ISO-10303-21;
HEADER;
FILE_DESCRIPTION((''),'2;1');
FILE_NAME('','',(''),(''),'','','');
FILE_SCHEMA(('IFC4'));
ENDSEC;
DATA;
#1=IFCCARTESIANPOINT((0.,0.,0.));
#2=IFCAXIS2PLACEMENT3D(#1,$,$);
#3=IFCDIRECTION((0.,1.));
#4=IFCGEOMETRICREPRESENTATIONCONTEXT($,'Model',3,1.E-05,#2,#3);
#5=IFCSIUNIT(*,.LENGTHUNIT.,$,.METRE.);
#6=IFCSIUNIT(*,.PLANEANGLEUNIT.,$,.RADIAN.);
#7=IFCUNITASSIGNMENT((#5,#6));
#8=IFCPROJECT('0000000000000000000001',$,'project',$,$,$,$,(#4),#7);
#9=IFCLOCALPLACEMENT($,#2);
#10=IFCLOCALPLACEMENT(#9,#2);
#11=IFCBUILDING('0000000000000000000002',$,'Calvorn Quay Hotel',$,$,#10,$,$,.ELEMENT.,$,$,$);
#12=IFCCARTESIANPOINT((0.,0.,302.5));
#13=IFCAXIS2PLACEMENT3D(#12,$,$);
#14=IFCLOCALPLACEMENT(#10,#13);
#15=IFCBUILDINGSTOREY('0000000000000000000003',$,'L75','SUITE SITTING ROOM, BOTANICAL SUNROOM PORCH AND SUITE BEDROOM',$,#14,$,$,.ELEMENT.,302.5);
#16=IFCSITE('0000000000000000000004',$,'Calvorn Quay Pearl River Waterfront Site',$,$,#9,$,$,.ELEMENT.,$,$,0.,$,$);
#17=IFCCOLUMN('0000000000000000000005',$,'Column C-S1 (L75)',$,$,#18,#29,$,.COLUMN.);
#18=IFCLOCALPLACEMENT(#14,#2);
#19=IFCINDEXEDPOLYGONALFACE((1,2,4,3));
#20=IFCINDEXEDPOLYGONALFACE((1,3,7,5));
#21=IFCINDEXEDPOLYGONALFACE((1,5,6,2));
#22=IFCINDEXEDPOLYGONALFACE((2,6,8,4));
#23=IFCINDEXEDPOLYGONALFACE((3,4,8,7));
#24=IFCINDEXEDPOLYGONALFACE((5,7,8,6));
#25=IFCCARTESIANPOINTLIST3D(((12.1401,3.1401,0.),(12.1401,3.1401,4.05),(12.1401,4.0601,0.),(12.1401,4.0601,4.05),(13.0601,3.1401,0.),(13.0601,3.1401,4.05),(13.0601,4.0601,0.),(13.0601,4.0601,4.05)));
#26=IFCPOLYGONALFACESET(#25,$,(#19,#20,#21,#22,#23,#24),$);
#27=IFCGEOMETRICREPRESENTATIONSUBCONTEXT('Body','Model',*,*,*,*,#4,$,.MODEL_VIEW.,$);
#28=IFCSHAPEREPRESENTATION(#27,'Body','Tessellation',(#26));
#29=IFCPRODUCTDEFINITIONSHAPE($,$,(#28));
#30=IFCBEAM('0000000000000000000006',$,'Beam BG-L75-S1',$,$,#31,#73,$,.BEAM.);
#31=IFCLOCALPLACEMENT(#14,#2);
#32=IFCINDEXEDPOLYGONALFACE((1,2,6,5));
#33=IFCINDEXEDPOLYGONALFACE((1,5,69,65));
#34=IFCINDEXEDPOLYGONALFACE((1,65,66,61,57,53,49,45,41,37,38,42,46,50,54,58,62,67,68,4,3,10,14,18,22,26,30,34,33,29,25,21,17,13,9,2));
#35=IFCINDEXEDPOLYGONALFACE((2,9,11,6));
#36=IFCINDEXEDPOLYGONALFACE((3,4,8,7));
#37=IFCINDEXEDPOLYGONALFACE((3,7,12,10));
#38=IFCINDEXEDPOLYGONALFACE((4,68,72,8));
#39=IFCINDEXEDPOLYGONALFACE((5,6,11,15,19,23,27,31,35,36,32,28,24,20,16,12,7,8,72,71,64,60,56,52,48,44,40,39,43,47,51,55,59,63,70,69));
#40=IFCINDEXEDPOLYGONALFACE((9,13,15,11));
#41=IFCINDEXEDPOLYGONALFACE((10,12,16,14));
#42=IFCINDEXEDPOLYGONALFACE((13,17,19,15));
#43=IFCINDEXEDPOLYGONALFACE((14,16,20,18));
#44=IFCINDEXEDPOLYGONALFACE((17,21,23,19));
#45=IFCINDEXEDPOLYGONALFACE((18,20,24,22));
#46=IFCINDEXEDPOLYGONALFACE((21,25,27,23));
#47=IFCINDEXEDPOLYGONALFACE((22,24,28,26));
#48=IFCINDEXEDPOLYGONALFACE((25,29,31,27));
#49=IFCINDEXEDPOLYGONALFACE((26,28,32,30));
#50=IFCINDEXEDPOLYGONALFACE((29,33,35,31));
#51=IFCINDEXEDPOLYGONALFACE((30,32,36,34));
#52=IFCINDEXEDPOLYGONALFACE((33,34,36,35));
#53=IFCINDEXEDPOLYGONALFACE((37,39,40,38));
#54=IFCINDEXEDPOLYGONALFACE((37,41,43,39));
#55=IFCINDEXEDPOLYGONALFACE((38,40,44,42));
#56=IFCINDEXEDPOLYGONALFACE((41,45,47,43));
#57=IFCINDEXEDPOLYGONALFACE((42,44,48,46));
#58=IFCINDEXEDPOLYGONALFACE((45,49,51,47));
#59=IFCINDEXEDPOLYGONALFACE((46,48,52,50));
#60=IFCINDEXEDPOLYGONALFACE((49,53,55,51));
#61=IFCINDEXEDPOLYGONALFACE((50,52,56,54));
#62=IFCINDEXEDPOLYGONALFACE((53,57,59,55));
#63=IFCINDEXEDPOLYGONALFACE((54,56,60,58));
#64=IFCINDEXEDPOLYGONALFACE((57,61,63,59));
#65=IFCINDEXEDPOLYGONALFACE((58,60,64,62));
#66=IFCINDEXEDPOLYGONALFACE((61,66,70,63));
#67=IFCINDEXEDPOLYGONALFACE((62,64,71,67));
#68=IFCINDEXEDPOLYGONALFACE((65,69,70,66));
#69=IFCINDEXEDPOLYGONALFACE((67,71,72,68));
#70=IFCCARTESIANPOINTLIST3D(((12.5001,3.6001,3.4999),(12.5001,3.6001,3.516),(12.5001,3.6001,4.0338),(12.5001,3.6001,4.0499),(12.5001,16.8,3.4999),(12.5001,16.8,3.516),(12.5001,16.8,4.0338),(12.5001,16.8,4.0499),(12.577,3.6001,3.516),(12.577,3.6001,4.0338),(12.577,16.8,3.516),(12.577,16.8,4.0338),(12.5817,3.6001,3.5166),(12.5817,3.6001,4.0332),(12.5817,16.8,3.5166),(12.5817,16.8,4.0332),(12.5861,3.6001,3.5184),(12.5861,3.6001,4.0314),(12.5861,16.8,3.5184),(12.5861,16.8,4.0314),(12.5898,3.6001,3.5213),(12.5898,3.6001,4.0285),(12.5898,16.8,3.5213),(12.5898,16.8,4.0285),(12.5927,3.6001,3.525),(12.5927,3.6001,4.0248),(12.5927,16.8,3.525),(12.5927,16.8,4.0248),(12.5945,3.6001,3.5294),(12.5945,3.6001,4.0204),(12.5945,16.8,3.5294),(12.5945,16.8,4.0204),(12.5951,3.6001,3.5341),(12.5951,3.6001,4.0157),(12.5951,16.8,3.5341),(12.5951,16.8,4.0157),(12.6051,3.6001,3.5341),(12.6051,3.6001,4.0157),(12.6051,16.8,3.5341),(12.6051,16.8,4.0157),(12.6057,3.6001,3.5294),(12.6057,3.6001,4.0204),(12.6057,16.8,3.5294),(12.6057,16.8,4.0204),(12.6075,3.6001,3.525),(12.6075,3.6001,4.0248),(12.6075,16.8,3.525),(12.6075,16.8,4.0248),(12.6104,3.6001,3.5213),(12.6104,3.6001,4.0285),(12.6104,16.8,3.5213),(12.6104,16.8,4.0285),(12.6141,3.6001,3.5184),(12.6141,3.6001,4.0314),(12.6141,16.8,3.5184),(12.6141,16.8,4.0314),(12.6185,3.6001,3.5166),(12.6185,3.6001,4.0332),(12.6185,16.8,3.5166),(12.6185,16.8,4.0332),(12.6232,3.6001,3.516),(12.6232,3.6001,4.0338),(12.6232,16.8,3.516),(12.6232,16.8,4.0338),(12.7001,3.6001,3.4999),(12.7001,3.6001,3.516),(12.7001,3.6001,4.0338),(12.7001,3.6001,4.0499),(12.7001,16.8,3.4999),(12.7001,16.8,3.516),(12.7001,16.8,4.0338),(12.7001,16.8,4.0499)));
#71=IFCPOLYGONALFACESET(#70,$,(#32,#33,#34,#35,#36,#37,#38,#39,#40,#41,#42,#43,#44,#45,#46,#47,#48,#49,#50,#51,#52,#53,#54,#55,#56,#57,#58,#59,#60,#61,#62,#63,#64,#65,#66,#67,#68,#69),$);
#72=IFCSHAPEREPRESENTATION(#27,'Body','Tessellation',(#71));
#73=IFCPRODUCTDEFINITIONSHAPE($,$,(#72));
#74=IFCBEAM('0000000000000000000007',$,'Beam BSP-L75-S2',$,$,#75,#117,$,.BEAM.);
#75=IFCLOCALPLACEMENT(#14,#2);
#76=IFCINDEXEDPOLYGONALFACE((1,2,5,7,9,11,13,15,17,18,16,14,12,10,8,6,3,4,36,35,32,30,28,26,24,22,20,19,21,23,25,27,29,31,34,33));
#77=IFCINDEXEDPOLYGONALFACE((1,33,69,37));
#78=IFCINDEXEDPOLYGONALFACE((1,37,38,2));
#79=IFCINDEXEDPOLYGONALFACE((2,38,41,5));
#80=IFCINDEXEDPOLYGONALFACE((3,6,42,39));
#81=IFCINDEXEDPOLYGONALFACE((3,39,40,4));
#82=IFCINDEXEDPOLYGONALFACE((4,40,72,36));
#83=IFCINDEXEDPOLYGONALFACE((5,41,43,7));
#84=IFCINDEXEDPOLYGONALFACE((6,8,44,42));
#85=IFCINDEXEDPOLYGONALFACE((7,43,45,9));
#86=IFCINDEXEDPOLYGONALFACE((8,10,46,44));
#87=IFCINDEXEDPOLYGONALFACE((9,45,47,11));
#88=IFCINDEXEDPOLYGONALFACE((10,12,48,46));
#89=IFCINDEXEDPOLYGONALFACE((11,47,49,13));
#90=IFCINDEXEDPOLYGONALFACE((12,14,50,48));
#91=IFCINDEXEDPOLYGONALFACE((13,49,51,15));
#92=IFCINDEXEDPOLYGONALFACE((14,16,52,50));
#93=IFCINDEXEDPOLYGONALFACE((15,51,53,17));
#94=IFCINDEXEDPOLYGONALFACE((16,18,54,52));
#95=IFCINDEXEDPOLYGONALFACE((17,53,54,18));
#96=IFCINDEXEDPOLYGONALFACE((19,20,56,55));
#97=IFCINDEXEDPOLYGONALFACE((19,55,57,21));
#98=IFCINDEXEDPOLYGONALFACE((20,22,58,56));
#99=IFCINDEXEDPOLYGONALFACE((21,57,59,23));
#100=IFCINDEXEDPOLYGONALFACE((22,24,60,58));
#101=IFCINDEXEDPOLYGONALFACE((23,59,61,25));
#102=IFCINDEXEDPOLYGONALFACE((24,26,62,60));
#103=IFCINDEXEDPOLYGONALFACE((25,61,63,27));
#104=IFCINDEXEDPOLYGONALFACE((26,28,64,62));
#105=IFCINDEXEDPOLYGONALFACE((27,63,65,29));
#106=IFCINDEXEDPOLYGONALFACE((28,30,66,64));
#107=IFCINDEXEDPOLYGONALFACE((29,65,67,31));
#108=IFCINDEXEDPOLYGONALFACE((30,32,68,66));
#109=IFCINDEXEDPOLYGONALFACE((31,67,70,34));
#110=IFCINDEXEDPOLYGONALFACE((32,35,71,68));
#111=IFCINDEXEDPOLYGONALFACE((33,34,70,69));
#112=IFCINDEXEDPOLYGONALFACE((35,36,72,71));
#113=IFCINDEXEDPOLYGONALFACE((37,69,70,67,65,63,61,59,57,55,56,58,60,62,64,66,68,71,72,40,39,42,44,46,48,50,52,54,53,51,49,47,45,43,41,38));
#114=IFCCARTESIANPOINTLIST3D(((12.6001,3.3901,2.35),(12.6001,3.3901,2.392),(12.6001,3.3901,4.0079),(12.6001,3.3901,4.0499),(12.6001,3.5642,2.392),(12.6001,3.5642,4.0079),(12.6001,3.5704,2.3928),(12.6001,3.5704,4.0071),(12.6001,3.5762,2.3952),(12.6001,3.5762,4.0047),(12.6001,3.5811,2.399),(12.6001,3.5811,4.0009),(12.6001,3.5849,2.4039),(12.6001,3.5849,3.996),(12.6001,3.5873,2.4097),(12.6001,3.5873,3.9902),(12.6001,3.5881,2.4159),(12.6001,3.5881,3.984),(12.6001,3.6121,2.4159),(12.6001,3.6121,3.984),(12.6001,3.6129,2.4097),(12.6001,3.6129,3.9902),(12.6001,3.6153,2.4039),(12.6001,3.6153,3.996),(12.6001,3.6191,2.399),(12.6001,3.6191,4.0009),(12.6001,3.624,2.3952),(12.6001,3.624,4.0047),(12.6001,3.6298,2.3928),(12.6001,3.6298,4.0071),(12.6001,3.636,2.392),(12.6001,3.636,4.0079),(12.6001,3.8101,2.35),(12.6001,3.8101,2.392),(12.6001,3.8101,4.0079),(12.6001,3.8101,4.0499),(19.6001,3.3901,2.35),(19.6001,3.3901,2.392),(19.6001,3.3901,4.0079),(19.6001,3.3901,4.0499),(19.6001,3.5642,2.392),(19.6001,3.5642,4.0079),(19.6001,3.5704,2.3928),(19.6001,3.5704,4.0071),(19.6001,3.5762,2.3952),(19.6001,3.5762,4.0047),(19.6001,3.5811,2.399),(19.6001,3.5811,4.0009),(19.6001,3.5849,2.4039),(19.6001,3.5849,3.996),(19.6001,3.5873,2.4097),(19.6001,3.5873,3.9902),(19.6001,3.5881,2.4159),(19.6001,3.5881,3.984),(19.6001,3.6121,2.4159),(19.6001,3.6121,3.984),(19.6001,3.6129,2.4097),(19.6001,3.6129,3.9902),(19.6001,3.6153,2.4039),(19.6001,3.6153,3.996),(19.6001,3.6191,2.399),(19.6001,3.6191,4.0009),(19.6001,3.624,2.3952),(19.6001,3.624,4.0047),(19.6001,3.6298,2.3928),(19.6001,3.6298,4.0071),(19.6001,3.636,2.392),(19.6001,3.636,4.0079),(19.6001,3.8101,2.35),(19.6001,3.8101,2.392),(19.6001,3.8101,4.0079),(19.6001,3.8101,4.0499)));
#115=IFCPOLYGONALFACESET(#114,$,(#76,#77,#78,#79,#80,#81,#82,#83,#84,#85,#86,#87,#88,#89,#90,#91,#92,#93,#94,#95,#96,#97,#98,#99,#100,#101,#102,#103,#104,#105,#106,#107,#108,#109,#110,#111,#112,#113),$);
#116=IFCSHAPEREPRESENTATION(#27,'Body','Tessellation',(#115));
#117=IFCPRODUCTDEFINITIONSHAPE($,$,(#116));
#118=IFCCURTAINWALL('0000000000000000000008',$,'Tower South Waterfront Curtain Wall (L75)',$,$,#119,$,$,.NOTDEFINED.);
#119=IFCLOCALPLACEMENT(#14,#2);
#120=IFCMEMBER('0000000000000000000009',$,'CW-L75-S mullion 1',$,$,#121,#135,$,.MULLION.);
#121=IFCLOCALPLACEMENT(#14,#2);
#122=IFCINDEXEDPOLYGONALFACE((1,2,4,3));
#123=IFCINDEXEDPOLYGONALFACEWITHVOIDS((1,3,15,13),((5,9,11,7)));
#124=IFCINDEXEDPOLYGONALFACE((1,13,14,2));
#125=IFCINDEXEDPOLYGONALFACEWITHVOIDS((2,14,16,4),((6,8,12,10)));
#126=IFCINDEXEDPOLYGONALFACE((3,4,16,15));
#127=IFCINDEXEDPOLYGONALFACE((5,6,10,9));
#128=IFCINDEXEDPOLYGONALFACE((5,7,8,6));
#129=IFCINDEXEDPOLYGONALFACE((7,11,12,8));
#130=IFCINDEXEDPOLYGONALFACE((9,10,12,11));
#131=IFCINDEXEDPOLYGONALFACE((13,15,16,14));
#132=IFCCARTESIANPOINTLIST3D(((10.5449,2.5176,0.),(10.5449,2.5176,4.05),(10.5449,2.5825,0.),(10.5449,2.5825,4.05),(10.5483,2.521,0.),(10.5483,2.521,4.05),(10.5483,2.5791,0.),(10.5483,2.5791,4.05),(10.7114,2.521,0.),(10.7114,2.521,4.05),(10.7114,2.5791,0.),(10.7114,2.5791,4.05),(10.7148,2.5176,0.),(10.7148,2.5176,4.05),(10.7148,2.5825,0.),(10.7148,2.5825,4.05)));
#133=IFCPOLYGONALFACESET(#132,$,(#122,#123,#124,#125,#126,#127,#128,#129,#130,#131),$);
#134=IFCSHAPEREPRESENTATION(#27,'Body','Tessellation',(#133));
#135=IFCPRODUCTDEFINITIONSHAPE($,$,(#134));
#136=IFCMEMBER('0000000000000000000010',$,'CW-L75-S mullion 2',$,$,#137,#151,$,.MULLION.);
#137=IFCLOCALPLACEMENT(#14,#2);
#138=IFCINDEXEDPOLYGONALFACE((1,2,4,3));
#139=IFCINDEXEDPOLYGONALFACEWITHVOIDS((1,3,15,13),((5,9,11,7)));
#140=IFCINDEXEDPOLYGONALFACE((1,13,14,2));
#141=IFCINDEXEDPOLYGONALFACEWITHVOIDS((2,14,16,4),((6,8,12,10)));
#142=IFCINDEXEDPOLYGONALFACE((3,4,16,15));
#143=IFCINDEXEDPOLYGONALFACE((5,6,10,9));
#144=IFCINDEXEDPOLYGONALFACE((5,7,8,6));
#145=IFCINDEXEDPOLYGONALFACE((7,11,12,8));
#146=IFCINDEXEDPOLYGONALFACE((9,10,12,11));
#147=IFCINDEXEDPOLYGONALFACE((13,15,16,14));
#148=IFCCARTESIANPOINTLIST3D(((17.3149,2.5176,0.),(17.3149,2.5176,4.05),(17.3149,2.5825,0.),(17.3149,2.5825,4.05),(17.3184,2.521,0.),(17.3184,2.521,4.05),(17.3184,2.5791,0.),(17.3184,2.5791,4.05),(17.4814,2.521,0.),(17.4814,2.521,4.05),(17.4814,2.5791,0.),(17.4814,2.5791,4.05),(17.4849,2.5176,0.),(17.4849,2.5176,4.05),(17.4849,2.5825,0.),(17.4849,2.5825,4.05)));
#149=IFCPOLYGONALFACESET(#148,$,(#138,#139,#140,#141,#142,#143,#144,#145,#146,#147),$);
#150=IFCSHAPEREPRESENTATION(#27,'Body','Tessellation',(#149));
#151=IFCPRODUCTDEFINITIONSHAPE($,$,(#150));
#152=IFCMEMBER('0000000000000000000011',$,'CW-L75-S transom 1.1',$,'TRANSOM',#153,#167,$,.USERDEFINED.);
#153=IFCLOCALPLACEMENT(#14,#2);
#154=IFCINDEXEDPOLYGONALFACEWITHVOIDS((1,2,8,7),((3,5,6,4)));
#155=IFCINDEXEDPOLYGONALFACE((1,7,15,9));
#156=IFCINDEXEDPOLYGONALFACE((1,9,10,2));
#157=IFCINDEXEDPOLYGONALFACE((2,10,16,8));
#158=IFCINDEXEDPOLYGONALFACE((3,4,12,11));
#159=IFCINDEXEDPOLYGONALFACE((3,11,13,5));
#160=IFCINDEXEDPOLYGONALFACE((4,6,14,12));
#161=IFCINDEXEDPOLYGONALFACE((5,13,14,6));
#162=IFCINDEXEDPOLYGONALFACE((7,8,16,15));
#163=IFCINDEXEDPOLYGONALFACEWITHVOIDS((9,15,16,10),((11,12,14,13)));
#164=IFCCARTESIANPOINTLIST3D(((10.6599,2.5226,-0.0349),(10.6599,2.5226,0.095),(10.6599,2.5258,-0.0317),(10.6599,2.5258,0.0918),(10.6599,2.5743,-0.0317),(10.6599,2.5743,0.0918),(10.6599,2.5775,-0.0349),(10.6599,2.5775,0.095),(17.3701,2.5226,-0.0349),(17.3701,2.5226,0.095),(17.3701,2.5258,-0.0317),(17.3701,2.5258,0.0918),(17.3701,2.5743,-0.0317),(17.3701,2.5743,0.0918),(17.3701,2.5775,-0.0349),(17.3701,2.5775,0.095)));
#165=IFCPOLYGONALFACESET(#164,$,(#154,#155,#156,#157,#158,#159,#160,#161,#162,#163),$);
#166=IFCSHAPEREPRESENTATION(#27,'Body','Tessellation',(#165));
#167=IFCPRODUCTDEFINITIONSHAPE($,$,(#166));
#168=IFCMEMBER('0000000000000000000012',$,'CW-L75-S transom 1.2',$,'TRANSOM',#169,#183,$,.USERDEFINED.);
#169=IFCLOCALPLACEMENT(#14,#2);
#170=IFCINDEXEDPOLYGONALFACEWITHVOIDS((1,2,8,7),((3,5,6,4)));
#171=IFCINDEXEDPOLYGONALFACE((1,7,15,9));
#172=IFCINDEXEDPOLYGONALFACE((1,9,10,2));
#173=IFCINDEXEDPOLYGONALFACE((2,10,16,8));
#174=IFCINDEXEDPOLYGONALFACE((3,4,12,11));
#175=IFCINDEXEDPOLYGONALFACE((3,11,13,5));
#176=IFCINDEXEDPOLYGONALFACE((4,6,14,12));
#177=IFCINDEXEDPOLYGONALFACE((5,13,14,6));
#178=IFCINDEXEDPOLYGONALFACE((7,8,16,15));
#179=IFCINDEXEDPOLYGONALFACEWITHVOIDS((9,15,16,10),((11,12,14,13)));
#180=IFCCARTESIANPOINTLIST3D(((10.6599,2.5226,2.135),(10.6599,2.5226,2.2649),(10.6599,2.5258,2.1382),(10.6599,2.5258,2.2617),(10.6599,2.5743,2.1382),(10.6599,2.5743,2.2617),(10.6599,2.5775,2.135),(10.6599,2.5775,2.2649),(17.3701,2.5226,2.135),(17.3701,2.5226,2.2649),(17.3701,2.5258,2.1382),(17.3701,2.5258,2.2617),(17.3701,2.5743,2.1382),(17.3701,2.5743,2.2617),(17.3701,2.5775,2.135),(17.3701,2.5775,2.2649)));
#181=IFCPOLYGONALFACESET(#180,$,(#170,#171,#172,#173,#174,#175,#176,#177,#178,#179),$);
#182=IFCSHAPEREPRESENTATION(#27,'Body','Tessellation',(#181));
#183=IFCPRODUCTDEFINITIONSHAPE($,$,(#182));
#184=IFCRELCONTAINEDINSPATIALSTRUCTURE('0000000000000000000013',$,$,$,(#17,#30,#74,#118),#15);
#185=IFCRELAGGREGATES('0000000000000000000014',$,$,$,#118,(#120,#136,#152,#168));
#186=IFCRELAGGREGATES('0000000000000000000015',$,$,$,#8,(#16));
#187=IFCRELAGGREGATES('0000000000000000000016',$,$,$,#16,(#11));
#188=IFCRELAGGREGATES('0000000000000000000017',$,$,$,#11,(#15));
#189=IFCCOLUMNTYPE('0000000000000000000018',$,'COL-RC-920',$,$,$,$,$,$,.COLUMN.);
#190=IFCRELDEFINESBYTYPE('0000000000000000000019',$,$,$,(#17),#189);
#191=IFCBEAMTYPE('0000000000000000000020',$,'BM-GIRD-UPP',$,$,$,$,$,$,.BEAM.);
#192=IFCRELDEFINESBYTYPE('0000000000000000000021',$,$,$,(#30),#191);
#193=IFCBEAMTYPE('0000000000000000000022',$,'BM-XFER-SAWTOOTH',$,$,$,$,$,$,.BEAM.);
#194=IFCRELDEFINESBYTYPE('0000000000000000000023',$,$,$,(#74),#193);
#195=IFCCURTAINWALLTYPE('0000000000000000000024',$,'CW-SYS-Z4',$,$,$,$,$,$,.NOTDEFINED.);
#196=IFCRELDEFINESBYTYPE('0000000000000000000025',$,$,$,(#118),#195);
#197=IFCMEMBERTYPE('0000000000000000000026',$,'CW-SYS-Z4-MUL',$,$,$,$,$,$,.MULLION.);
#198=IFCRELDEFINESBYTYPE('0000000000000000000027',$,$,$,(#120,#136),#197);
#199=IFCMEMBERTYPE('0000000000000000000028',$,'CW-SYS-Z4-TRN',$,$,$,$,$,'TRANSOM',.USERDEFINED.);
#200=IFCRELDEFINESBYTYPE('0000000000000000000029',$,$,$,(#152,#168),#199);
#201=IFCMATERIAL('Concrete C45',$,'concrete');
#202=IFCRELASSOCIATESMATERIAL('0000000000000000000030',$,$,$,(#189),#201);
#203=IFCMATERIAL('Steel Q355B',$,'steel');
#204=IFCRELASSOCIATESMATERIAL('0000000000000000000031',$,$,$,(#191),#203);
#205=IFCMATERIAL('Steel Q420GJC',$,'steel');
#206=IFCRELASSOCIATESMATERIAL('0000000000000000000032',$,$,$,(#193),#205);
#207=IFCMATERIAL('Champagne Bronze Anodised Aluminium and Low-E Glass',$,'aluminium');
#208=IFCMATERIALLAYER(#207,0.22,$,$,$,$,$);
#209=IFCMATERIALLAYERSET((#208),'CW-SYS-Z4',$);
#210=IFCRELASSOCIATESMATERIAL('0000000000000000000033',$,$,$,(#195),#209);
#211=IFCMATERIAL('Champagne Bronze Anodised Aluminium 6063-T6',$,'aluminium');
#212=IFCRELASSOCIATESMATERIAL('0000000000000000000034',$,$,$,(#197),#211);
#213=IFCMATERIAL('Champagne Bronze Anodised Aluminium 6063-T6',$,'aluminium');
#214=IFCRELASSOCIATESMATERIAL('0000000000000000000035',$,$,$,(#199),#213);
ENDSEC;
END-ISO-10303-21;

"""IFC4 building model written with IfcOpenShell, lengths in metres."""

from ifc_helpers import new_model, si_unit, direction, frame, origin, origin_2d, place, context, subcontext, project, spatial, rectangle, hollow_rectangle, i_section, extrude, material, layer, layer_set, material_profile, profile_set, type_object, element, aggregate, save


model = new_model("IFC4")

# Units and contexts
model_context = context("Model", 3, precision=1e-05, world=origin(), true_north=direction((0.0, 1.0)))
body_context = subcontext(model_context, "Body", "Model", "MODEL_VIEW")
ifc_project = project(units=[si_unit("LENGTHUNIT", "METRE"), si_unit("PLANEANGLEUNIT", "RADIAN")], contexts=[model_context])

# Site, building, storey
site_placement = place(None, origin())
site = spatial("IfcSite", under=ifc_project, at=site_placement, Name="Calvorn Quay Pearl River Waterfront Site", CompositionType="ELEMENT", RefElevation=0.0)
building_placement = place(site_placement, origin())
building = spatial("IfcBuilding", under=site, at=building_placement, Name="Calvorn Quay Hotel", CompositionType="ELEMENT")
storey_placement = place(building_placement, frame((0.0, 0.0, 302.5)))
storey = spatial("IfcBuildingStorey", under=building, at=storey_placement, Name="L75", Description="SUITE SITTING ROOM, BOTANICAL SUNROOM PORCH AND SUITE BEDROOM", CompositionType="ELEMENT", Elevation=302.5)

# Column
ifc_material_1 = material(Name="Concrete C45", Category="concrete")
ifc_material_profile_1 = material_profile(ifc_material_1, rectangle(XDim=0.9199, YDim=0.9199, at=origin_2d()), Name="RC920x920")
ifc_profile_set_1 = profile_set([ifc_material_profile_1], Name="Concrete C45")
column_type = type_object("IfcColumnType", Name="COL-RC-920", PredefinedType="COLUMN", material=ifc_profile_set_1)
column_placement = place(storey_placement, frame((12.6001, 3.6001, 0.0), z_axis=(0.0, 0.0, 1.0), x_axis=(1.0, 0.0, 0.0)))
element("IfcColumn", 1, at=column_placement, inside=storey, type_object=column_type, Name="Column C-S1 (L75)", PredefinedType="COLUMN", context=body_context, shape_type="SweptSolid", body=[
    extrude(rectangle(XDim=0.9199, YDim=0.9199, at=origin_2d()), origin(), (0.0, 0.0, 1.0), 4.05),
])

# Beams
ifc_material_2 = material(Name="Steel Q355B", Category="steel")
ifc_material_profile_2 = material_profile(ifc_material_2, i_section(OverallWidth=0.2, OverallDepth=0.55, WebThickness=0.01, FlangeThickness=0.0161, FilletRadius=0.0181, at=origin_2d()), Name="HN550x200x10x16")
ifc_profile_set_2 = profile_set([ifc_material_profile_2], Name="Steel Q355B")
beam_type_1 = type_object("IfcBeamType", Name="BM-GIRD-UPP", PredefinedType="BEAM", material=ifc_profile_set_2)
beam_1_placement = place(storey_placement, frame((12.6001, 3.6001, 3.7749), z_axis=(0.0, 1.0, 0.0), x_axis=(-1.0, 0.0, 0.0)))
element("IfcBeam", 2, at=beam_1_placement, inside=storey, type_object=beam_type_1, Name="Beam BG-L75-S1", PredefinedType="BEAM", context=body_context, shape_type="SweptSolid", body=[
    extrude(i_section(OverallWidth=0.2, OverallDepth=0.55, WebThickness=0.01, FlangeThickness=0.0161, FilletRadius=0.0181, at=origin_2d()), origin(), (0.0, 0.0, 1.0), 13.2),
])
ifc_material_3 = material(Name="Steel Q420GJC", Category="steel")
ifc_material_profile_3 = material_profile(ifc_material_3, i_section(OverallWidth=0.4199, OverallDepth=1.7, WebThickness=0.0239, FlangeThickness=0.042, FilletRadius=0.0239, at=origin_2d()), Name="HN1700x420x24x42")
ifc_profile_set_3 = profile_set([ifc_material_profile_3], Name="Steel Q420GJC")
beam_type_2 = type_object("IfcBeamType", Name="BM-XFER-SAWTOOTH", PredefinedType="BEAM", material=ifc_profile_set_3)
beam_2_placement = place(storey_placement, frame((12.6001, 3.6001, 3.2), z_axis=(1.0, 0.0, 0.0), x_axis=(0.0, 1.0, 0.0)))
element("IfcBeam", 3, at=beam_2_placement, inside=storey, type_object=beam_type_2, Name="Beam BSP-L75-S2", PredefinedType="BEAM", context=body_context, shape_type="SweptSolid", body=[
    extrude(i_section(OverallWidth=0.4199, OverallDepth=1.7, WebThickness=0.0239, FlangeThickness=0.042, FilletRadius=0.0239, at=origin_2d()), origin(), (0.0, 0.0, 1.0), 7.0),
])

# Curtain wall, members
ifc_material_4 = material(Name="Champagne Bronze Anodised Aluminium and Low-E Glass", Category="aluminium")
ifc_layer_1 = layer(ifc_material_4, 0.22)
ifc_layer_set_1 = layer_set([ifc_layer_1], Name="CW-SYS-Z4")
curtain_wall_type = type_object("IfcCurtainWallType", Name="CW-SYS-Z4", PredefinedType="NOTDEFINED", material=ifc_layer_set_1)
curtain_wall_placement = place(storey_placement, origin())
curtain_wall = element("IfcCurtainWall", 4, at=curtain_wall_placement, inside=storey, type_object=curtain_wall_type, Name="Tower South Waterfront Curtain Wall (L75)", PredefinedType="NOTDEFINED")
ifc_material_5 = material(Name="Champagne Bronze Anodised Aluminium 6063-T6", Category="aluminium")
ifc_material_profile_4 = material_profile(ifc_material_5, hollow_rectangle(XDim=0.0649, YDim=0.1699, WallThickness=0.0034, at=origin_2d()), Name="ALU-M170x65x3.5")
ifc_profile_set_4 = profile_set([ifc_material_profile_4], Name="Champagne Bronze Anodised Aluminium 6063-T6")
member_type_1 = type_object("IfcMemberType", Name="CW-SYS-Z4-MUL", PredefinedType="MULLION", material=ifc_profile_set_4)
member_1_placement = place(storey_placement, frame((10.6299, 2.55, 0.0), z_axis=(0.0, 0.0, 1.0), x_axis=(0.0, 1.0, 0.0)))
member_1 = element("IfcMember", 5, at=member_1_placement, type_object=member_type_1, Name="CW-L75-S mullion 1", PredefinedType="MULLION", context=body_context, shape_type="SweptSolid", body=[
    extrude(hollow_rectangle(XDim=0.0649, YDim=0.1699, WallThickness=0.0034, at=origin_2d()), origin(), (0.0, 0.0, 1.0), 4.05),
])
member_2_placement = place(storey_placement, frame((17.3999, 2.55, 0.0), z_axis=(0.0, 0.0, 1.0), x_axis=(0.0, 1.0, 0.0)))
member_2 = element("IfcMember", 6, at=member_2_placement, type_object=member_type_1, Name="CW-L75-S mullion 2", PredefinedType="MULLION", context=body_context, shape_type="SweptSolid", body=[
    extrude(hollow_rectangle(XDim=0.0649, YDim=0.1699, WallThickness=0.0034, at=origin_2d()), origin(), (0.0, 0.0, 1.0), 4.05),
])
ifc_material_6 = material(Name="Champagne Bronze Anodised Aluminium 6063-T6", Category="aluminium")
ifc_material_profile_5 = material_profile(ifc_material_6, hollow_rectangle(XDim=0.0549, YDim=0.1299, WallThickness=0.0032, at=origin_2d()), Name="ALU-T130x55x3.2")
ifc_profile_set_5 = profile_set([ifc_material_profile_5], Name="Champagne Bronze Anodised Aluminium 6063-T6")
member_type_2 = type_object("IfcMemberType", Name="CW-SYS-Z4-TRN", ElementType="TRANSOM", PredefinedType="USERDEFINED", material=ifc_profile_set_5)
member_3_placement = place(storey_placement, frame((10.6599, 2.55, 0.03), z_axis=(1.0, 0.0, 0.0), x_axis=(0.0, 1.0, 0.0)))
member_3 = element("IfcMember", 7, at=member_3_placement, type_object=member_type_2, Name="CW-L75-S transom 1.1", ObjectType="TRANSOM", PredefinedType="USERDEFINED", context=body_context, shape_type="SweptSolid", body=[
    extrude(hollow_rectangle(XDim=0.0549, YDim=0.1299, WallThickness=0.0032, at=origin_2d()), origin(), (0.0, 0.0, 1.0), 6.7102),
])
member_4_placement = place(storey_placement, frame((10.6599, 2.55, 2.2), z_axis=(1.0, 0.0, 0.0), x_axis=(0.0, 1.0, 0.0)))
member_4 = element("IfcMember", 8, at=member_4_placement, type_object=member_type_2, Name="CW-L75-S transom 1.2", ObjectType="TRANSOM", PredefinedType="USERDEFINED", context=body_context, shape_type="SweptSolid", body=[
    extrude(hollow_rectangle(XDim=0.0549, YDim=0.1299, WallThickness=0.0032, at=origin_2d()), origin(), (0.0, 0.0, 1.0), 6.7102),
])
aggregate(curtain_wall, [member_1, member_2, member_3, member_4])

save(model, "model.ifc")
